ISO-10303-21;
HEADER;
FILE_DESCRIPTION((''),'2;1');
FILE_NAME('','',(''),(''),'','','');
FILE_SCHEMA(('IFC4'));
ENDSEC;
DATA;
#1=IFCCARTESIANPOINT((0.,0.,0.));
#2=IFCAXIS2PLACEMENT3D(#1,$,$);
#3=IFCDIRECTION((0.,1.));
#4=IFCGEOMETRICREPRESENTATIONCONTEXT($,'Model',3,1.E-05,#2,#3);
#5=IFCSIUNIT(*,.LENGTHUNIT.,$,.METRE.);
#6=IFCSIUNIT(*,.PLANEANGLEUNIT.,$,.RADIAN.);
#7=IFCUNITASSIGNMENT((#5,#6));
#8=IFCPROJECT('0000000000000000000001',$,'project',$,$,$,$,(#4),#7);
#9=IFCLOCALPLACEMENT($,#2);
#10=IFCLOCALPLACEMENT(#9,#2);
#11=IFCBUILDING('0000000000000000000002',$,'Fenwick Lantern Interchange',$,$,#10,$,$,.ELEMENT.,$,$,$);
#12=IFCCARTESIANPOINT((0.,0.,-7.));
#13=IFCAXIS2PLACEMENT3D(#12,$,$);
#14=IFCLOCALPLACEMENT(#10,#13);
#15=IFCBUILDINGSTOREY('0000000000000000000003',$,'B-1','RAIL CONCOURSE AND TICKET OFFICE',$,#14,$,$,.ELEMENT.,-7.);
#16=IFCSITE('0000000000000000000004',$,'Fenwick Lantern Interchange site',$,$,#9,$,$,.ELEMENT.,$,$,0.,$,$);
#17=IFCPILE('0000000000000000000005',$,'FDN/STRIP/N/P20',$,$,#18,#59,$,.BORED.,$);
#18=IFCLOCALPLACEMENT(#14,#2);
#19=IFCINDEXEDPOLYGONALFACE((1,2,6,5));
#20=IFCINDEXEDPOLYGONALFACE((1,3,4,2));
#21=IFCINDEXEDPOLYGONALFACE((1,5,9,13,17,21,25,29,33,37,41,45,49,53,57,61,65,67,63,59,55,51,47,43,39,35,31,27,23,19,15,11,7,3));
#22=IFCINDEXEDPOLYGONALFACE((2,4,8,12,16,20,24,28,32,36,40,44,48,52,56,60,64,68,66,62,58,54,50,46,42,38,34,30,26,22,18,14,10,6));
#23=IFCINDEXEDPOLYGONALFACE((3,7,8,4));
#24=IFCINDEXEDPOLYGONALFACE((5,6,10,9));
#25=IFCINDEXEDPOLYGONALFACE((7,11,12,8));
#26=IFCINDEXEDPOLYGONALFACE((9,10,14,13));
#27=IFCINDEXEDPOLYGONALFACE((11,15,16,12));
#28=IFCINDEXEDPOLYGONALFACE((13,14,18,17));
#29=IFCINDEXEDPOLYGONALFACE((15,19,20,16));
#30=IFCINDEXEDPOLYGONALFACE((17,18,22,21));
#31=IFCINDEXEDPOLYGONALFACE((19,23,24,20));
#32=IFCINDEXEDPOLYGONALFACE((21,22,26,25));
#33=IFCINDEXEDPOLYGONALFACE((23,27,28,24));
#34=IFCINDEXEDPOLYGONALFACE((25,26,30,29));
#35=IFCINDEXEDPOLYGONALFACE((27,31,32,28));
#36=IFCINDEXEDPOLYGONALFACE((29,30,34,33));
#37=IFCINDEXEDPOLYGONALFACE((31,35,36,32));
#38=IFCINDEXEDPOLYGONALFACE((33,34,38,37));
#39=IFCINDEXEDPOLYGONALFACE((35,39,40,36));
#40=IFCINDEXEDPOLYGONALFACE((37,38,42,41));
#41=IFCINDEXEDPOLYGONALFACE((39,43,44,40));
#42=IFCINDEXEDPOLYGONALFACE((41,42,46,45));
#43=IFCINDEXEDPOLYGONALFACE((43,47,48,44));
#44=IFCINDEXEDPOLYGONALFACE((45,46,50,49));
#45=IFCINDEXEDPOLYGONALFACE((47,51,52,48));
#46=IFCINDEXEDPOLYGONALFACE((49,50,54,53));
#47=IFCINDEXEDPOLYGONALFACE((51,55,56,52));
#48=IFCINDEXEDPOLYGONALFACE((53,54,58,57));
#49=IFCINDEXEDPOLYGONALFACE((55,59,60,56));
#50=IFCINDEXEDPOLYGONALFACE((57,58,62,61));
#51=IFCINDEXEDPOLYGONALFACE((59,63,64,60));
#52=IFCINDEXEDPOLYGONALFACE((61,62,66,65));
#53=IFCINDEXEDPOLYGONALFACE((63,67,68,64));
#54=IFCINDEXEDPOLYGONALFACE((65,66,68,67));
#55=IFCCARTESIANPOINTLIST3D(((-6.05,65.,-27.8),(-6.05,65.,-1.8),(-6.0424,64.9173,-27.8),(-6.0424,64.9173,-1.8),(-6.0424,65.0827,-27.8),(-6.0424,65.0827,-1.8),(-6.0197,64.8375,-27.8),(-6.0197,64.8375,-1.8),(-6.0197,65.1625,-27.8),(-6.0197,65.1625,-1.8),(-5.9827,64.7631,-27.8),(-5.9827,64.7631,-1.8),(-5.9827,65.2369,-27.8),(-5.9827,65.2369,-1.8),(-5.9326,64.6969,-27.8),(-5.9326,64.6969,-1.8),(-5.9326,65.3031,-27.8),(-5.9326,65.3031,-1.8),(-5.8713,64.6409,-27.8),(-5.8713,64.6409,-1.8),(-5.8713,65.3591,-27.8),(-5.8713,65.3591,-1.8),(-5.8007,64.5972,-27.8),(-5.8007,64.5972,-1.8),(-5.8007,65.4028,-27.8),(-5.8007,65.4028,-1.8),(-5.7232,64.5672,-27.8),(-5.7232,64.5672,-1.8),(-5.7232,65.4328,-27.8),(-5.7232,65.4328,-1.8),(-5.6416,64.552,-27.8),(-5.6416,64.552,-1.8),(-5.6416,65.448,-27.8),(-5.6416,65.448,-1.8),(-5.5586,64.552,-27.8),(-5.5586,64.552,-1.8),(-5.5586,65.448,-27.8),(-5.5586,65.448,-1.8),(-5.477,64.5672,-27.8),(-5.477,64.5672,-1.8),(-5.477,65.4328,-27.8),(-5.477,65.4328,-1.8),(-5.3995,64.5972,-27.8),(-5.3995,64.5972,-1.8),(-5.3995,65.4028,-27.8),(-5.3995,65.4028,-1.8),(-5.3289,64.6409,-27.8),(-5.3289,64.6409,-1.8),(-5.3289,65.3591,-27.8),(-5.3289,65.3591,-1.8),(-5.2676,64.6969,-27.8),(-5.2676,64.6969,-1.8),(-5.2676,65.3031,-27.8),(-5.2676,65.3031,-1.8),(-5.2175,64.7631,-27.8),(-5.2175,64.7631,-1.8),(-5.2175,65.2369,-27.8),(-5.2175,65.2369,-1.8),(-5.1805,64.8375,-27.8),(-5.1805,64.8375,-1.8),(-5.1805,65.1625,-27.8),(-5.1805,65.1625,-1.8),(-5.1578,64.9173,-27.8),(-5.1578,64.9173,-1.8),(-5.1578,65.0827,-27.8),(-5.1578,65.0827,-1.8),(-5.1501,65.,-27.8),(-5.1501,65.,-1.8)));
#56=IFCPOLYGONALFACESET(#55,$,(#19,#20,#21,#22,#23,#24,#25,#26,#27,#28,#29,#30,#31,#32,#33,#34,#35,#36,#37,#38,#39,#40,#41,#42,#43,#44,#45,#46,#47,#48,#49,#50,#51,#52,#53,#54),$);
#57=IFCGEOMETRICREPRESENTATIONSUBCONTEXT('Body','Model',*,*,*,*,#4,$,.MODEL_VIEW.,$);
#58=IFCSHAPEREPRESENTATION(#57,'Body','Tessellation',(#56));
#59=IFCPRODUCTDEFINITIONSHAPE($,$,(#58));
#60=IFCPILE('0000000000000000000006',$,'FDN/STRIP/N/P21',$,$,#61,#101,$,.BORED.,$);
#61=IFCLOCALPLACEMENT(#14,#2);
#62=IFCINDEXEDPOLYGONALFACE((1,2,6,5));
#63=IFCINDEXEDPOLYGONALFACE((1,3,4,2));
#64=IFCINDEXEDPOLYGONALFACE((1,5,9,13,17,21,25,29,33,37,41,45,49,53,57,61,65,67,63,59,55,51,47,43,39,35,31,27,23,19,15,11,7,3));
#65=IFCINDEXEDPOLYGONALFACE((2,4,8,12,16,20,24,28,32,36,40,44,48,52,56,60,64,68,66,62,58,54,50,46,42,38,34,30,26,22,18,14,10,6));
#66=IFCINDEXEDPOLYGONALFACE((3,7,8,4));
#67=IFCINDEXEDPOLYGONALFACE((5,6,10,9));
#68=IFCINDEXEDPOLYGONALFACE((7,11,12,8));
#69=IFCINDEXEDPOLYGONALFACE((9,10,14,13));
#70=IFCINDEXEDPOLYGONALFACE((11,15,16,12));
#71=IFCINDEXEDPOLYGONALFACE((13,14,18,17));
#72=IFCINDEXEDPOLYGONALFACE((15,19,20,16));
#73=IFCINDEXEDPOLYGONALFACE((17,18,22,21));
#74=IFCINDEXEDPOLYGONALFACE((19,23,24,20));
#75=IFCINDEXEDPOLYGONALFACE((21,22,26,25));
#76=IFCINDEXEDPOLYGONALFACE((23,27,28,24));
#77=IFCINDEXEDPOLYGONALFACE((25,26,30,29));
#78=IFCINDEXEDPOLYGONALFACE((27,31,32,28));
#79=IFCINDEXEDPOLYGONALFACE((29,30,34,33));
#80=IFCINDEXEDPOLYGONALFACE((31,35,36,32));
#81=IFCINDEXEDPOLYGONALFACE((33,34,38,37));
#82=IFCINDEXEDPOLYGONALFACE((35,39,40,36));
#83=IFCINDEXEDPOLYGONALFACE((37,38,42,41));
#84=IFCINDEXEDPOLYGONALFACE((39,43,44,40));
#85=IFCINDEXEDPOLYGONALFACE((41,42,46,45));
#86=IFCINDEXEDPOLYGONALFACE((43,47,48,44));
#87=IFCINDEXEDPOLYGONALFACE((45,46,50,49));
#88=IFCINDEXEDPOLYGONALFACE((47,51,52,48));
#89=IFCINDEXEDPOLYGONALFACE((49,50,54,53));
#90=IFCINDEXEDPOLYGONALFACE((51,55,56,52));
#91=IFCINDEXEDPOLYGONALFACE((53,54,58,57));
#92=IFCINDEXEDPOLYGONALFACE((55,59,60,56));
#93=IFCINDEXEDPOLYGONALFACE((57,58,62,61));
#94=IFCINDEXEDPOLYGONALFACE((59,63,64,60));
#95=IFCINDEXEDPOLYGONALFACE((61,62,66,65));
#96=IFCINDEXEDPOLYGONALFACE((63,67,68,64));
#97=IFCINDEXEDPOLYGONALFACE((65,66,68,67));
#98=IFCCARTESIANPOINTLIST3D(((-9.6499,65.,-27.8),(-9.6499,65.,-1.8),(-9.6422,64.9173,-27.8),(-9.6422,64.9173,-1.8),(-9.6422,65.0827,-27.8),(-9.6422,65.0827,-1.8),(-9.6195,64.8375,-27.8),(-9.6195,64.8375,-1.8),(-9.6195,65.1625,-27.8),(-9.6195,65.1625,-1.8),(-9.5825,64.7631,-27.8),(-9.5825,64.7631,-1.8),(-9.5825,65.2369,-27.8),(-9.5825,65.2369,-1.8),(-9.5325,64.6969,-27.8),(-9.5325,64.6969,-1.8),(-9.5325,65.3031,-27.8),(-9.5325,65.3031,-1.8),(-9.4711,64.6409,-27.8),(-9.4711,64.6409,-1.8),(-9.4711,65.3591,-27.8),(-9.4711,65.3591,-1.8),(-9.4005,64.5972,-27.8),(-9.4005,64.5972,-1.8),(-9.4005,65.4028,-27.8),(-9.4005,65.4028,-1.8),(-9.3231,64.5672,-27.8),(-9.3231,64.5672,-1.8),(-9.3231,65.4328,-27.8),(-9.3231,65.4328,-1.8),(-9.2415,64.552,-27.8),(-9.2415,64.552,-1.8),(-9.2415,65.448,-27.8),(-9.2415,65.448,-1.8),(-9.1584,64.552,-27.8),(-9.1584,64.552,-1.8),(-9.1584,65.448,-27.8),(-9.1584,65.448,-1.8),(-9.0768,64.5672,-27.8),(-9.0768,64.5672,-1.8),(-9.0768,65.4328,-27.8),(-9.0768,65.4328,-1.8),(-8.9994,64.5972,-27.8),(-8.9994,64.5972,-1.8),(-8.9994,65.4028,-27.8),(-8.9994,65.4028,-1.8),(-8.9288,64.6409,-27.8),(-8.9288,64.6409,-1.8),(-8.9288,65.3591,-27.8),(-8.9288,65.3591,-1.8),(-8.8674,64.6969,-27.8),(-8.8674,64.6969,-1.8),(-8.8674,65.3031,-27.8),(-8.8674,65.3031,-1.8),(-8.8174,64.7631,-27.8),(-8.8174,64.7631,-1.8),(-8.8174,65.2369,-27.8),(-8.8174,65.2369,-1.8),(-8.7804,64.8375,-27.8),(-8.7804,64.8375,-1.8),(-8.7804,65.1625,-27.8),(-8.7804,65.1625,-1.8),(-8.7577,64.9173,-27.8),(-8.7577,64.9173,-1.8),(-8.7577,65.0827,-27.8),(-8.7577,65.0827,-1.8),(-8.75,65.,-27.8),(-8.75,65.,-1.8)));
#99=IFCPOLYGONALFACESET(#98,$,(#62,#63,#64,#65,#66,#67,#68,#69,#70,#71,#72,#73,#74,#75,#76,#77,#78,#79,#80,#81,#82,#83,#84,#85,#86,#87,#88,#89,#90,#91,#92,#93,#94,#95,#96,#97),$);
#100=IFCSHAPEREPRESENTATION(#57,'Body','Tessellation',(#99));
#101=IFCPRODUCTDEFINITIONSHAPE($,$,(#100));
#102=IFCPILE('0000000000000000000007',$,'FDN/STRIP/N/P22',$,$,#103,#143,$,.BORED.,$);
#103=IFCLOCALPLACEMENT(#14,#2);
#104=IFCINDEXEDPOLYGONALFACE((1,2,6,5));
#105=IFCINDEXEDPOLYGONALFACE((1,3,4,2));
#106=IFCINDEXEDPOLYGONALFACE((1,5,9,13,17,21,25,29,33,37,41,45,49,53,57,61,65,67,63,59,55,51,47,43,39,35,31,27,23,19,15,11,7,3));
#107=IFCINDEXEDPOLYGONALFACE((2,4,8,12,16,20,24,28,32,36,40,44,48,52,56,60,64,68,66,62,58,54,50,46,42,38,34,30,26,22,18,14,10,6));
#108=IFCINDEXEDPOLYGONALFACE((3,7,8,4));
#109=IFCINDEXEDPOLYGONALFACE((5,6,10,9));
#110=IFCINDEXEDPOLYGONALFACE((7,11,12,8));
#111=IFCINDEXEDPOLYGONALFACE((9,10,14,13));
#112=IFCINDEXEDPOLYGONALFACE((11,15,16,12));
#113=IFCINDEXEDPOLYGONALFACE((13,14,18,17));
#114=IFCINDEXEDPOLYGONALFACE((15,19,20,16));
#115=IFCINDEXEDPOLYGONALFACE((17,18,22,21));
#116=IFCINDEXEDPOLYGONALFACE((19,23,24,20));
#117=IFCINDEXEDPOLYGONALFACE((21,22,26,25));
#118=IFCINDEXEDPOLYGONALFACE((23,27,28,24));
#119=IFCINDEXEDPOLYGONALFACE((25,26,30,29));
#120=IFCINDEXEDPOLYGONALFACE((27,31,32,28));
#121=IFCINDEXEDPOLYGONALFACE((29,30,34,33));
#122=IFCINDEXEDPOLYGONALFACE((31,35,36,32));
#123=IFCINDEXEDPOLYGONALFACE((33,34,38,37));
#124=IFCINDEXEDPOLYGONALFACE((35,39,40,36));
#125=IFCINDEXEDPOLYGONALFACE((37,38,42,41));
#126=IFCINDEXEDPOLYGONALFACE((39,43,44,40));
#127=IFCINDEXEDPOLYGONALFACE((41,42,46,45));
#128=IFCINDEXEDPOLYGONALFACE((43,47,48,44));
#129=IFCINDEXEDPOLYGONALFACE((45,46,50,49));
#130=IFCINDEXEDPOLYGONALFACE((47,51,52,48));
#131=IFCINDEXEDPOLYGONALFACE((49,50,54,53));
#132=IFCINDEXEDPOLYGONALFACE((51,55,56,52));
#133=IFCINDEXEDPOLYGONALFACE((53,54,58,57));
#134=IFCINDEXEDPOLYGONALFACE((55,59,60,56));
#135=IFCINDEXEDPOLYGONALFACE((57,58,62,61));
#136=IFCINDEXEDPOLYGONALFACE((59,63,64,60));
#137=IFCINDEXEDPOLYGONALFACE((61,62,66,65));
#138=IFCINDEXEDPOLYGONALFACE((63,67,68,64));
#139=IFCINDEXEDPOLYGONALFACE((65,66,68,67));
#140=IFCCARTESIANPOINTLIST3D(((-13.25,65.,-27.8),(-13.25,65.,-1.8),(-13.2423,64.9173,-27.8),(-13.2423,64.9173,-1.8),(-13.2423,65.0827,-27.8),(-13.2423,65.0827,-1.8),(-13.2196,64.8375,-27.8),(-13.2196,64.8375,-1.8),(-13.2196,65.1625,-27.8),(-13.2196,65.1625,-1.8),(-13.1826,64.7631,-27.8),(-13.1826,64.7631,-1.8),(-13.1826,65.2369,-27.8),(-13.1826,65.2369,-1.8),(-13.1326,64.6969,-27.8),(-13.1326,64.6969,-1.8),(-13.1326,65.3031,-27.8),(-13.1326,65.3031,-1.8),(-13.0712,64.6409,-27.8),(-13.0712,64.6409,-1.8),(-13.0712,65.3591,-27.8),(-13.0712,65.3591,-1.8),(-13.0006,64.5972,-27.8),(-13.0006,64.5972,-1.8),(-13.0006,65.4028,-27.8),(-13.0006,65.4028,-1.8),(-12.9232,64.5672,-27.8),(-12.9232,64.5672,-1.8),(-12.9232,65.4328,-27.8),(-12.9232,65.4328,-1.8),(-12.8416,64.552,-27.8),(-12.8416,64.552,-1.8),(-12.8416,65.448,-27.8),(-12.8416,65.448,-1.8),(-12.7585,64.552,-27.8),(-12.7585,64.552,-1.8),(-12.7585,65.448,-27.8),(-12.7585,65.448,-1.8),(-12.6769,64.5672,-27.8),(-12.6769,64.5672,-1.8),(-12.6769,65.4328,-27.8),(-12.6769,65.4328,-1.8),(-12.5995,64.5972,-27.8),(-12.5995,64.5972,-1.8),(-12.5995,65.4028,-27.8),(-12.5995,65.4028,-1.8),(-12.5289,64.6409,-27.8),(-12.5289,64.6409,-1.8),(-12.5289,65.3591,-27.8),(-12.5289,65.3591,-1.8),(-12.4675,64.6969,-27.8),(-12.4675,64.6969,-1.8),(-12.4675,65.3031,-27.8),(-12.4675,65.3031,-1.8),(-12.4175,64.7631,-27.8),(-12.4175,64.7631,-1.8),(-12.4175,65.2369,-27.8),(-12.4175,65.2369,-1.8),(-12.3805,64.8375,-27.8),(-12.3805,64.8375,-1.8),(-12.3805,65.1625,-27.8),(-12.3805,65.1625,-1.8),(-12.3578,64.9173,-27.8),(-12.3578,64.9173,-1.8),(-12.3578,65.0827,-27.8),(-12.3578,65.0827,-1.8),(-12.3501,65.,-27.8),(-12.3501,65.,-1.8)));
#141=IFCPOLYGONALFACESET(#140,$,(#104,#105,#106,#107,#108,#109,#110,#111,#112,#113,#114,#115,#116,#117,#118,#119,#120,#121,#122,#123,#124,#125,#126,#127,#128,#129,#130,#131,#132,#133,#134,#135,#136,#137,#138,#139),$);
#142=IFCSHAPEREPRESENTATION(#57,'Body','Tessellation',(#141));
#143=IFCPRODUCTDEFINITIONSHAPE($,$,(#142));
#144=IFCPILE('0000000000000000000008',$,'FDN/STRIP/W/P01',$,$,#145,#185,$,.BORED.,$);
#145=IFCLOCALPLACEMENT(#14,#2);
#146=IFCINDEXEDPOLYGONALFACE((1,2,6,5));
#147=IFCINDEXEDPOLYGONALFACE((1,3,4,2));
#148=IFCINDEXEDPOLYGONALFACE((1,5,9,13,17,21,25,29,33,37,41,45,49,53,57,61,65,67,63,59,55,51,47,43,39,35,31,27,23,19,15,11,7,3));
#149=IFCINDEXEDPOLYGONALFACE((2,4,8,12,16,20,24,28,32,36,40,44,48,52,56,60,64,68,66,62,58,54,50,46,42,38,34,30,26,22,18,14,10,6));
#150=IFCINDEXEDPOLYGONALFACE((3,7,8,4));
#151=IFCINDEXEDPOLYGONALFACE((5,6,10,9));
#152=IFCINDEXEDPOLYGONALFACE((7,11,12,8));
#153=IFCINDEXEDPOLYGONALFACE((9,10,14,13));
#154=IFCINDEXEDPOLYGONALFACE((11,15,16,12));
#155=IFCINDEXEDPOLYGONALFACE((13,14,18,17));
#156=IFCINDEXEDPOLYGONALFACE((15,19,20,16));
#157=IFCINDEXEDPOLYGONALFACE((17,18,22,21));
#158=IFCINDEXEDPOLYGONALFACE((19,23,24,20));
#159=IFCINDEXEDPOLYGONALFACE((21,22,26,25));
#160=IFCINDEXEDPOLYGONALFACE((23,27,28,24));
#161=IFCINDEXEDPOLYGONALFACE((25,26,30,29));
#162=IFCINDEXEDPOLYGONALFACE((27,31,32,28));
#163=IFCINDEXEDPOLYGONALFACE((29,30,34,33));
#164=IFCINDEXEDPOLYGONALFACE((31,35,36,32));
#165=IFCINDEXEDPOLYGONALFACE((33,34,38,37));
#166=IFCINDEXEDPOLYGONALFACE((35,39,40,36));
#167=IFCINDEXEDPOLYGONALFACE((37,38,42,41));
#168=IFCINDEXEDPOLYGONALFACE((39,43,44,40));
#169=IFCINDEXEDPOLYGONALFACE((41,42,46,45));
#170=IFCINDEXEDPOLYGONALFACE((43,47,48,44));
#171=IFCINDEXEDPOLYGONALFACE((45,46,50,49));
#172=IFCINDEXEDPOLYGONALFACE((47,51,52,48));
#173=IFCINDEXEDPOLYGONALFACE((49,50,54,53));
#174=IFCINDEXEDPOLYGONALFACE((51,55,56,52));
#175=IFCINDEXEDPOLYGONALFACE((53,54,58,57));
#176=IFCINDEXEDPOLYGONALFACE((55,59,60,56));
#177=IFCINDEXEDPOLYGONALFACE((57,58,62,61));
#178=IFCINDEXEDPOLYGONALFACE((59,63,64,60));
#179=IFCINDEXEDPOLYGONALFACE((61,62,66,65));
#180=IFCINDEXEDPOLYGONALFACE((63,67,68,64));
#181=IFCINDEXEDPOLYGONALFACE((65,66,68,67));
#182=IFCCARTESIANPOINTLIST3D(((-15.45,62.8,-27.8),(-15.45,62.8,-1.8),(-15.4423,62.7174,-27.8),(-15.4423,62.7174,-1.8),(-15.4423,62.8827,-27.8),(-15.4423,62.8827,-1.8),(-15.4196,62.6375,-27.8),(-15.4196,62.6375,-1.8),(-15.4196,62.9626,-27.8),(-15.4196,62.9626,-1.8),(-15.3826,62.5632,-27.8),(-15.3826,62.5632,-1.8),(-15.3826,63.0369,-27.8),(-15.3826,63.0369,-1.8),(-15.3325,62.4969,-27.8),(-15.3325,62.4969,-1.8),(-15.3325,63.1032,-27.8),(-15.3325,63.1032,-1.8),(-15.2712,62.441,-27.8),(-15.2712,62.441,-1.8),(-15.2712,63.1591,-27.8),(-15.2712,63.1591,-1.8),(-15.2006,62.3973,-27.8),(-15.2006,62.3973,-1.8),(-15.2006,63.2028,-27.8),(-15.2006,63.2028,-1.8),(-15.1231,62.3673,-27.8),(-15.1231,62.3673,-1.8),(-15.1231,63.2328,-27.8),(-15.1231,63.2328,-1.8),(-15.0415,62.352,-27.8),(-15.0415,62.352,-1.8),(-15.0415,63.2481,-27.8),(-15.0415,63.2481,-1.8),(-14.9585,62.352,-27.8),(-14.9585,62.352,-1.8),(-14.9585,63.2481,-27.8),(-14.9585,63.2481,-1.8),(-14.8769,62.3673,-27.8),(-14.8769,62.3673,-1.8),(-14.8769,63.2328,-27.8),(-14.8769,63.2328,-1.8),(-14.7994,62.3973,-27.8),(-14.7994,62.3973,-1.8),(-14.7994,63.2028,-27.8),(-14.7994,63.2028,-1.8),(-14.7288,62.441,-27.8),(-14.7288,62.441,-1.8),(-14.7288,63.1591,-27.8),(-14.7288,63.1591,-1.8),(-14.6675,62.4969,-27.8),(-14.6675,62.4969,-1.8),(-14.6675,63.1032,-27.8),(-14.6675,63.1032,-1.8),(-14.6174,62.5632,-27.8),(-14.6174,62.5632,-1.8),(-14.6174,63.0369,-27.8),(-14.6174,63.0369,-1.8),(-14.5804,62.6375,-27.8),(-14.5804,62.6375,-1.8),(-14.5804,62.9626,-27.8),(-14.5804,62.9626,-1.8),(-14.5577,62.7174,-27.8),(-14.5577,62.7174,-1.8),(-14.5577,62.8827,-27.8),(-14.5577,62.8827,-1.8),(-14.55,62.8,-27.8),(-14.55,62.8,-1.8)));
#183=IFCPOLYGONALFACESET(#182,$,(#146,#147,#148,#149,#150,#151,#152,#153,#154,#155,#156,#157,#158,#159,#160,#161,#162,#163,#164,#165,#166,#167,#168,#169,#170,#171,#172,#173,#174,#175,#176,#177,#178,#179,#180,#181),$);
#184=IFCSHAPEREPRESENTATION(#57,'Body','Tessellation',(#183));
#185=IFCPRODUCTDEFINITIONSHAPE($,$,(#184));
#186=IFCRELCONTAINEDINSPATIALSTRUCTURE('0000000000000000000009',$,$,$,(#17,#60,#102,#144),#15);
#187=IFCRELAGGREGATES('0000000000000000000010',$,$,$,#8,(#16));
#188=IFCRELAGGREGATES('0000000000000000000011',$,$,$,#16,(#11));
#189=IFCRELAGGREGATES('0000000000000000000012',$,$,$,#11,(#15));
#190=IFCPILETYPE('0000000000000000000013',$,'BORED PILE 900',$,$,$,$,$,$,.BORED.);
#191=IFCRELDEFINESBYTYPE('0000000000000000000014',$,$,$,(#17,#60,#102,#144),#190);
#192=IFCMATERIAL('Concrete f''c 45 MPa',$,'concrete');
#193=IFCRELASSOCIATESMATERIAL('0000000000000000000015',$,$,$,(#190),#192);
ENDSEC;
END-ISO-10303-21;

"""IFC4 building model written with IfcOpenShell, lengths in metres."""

from ifc_helpers import new_model, si_unit, direction, frame, origin, origin_2d, place, context, subcontext, project, spatial, circle, extrude, material, type_object, element, save


model = new_model("IFC4")

# Units and contexts
model_context = context("Model", 3, precision=1e-05, world=origin(), true_north=direction((0.0, 1.0)))
body_context = subcontext(model_context, "Body", "Model", "MODEL_VIEW")
ifc_project = project(units=[si_unit("LENGTHUNIT", "METRE"), si_unit("PLANEANGLEUNIT", "RADIAN")], contexts=[model_context])

# Site, building, storey
site_placement = place(None, origin())
site = spatial("IfcSite", under=ifc_project, at=site_placement, Name="Fenwick Lantern Interchange site", CompositionType="ELEMENT", RefElevation=0.0)
building_placement = place(site_placement, origin())
building = spatial("IfcBuilding", under=site, at=building_placement, Name="Fenwick Lantern Interchange", CompositionType="ELEMENT")
storey_placement = place(building_placement, frame((0.0, 0.0, -7.0)))
storey = spatial("IfcBuildingStorey", under=building, at=storey_placement, Name="B-1", Description="RAIL CONCOURSE AND TICKET OFFICE", CompositionType="ELEMENT", Elevation=-7.0)

# Piles
ifc_material_1 = material(Name="Concrete f'c 45 MPa", Category="concrete")
pile_type_1 = type_object("IfcPileType", Name="BORED PILE 900", PredefinedType="BORED", material=ifc_material_1)
for number, where, z_axis, x_axis, name in (
    (1, (-5.6001, 65.0, -1.8), (0.0, 0.0, -1.0), (1.0, 0.0, 0.0), "FDN/STRIP/N/P20"),
    (2, (-9.2, 65.0, -1.8), (0.0, 0.0, -1.0), (1.0, 0.0, 0.0), "FDN/STRIP/N/P21"),
    (3, (-12.8, 65.0, -1.8), (0.0, 0.0, -1.0), (1.0, 0.0, 0.0), "FDN/STRIP/N/P22"),
    (4, (-15.0, 62.8, -1.8), (0.0, 0.0, -1.0), (1.0, 0.0, 0.0), "FDN/STRIP/W/P01"),
):
    element("IfcPile", number, at=place(storey_placement, frame(where, z_axis=z_axis, x_axis=x_axis)), inside=storey, type_object=pile_type_1, Name=name, PredefinedType="BORED", context=body_context, shape_type="SweptSolid", body=[
        extrude(circle(Radius=0.45, at=origin_2d()), origin(), (0.0, 0.0, 1.0), 26.0),
    ])

save(model, "model.ifc")
